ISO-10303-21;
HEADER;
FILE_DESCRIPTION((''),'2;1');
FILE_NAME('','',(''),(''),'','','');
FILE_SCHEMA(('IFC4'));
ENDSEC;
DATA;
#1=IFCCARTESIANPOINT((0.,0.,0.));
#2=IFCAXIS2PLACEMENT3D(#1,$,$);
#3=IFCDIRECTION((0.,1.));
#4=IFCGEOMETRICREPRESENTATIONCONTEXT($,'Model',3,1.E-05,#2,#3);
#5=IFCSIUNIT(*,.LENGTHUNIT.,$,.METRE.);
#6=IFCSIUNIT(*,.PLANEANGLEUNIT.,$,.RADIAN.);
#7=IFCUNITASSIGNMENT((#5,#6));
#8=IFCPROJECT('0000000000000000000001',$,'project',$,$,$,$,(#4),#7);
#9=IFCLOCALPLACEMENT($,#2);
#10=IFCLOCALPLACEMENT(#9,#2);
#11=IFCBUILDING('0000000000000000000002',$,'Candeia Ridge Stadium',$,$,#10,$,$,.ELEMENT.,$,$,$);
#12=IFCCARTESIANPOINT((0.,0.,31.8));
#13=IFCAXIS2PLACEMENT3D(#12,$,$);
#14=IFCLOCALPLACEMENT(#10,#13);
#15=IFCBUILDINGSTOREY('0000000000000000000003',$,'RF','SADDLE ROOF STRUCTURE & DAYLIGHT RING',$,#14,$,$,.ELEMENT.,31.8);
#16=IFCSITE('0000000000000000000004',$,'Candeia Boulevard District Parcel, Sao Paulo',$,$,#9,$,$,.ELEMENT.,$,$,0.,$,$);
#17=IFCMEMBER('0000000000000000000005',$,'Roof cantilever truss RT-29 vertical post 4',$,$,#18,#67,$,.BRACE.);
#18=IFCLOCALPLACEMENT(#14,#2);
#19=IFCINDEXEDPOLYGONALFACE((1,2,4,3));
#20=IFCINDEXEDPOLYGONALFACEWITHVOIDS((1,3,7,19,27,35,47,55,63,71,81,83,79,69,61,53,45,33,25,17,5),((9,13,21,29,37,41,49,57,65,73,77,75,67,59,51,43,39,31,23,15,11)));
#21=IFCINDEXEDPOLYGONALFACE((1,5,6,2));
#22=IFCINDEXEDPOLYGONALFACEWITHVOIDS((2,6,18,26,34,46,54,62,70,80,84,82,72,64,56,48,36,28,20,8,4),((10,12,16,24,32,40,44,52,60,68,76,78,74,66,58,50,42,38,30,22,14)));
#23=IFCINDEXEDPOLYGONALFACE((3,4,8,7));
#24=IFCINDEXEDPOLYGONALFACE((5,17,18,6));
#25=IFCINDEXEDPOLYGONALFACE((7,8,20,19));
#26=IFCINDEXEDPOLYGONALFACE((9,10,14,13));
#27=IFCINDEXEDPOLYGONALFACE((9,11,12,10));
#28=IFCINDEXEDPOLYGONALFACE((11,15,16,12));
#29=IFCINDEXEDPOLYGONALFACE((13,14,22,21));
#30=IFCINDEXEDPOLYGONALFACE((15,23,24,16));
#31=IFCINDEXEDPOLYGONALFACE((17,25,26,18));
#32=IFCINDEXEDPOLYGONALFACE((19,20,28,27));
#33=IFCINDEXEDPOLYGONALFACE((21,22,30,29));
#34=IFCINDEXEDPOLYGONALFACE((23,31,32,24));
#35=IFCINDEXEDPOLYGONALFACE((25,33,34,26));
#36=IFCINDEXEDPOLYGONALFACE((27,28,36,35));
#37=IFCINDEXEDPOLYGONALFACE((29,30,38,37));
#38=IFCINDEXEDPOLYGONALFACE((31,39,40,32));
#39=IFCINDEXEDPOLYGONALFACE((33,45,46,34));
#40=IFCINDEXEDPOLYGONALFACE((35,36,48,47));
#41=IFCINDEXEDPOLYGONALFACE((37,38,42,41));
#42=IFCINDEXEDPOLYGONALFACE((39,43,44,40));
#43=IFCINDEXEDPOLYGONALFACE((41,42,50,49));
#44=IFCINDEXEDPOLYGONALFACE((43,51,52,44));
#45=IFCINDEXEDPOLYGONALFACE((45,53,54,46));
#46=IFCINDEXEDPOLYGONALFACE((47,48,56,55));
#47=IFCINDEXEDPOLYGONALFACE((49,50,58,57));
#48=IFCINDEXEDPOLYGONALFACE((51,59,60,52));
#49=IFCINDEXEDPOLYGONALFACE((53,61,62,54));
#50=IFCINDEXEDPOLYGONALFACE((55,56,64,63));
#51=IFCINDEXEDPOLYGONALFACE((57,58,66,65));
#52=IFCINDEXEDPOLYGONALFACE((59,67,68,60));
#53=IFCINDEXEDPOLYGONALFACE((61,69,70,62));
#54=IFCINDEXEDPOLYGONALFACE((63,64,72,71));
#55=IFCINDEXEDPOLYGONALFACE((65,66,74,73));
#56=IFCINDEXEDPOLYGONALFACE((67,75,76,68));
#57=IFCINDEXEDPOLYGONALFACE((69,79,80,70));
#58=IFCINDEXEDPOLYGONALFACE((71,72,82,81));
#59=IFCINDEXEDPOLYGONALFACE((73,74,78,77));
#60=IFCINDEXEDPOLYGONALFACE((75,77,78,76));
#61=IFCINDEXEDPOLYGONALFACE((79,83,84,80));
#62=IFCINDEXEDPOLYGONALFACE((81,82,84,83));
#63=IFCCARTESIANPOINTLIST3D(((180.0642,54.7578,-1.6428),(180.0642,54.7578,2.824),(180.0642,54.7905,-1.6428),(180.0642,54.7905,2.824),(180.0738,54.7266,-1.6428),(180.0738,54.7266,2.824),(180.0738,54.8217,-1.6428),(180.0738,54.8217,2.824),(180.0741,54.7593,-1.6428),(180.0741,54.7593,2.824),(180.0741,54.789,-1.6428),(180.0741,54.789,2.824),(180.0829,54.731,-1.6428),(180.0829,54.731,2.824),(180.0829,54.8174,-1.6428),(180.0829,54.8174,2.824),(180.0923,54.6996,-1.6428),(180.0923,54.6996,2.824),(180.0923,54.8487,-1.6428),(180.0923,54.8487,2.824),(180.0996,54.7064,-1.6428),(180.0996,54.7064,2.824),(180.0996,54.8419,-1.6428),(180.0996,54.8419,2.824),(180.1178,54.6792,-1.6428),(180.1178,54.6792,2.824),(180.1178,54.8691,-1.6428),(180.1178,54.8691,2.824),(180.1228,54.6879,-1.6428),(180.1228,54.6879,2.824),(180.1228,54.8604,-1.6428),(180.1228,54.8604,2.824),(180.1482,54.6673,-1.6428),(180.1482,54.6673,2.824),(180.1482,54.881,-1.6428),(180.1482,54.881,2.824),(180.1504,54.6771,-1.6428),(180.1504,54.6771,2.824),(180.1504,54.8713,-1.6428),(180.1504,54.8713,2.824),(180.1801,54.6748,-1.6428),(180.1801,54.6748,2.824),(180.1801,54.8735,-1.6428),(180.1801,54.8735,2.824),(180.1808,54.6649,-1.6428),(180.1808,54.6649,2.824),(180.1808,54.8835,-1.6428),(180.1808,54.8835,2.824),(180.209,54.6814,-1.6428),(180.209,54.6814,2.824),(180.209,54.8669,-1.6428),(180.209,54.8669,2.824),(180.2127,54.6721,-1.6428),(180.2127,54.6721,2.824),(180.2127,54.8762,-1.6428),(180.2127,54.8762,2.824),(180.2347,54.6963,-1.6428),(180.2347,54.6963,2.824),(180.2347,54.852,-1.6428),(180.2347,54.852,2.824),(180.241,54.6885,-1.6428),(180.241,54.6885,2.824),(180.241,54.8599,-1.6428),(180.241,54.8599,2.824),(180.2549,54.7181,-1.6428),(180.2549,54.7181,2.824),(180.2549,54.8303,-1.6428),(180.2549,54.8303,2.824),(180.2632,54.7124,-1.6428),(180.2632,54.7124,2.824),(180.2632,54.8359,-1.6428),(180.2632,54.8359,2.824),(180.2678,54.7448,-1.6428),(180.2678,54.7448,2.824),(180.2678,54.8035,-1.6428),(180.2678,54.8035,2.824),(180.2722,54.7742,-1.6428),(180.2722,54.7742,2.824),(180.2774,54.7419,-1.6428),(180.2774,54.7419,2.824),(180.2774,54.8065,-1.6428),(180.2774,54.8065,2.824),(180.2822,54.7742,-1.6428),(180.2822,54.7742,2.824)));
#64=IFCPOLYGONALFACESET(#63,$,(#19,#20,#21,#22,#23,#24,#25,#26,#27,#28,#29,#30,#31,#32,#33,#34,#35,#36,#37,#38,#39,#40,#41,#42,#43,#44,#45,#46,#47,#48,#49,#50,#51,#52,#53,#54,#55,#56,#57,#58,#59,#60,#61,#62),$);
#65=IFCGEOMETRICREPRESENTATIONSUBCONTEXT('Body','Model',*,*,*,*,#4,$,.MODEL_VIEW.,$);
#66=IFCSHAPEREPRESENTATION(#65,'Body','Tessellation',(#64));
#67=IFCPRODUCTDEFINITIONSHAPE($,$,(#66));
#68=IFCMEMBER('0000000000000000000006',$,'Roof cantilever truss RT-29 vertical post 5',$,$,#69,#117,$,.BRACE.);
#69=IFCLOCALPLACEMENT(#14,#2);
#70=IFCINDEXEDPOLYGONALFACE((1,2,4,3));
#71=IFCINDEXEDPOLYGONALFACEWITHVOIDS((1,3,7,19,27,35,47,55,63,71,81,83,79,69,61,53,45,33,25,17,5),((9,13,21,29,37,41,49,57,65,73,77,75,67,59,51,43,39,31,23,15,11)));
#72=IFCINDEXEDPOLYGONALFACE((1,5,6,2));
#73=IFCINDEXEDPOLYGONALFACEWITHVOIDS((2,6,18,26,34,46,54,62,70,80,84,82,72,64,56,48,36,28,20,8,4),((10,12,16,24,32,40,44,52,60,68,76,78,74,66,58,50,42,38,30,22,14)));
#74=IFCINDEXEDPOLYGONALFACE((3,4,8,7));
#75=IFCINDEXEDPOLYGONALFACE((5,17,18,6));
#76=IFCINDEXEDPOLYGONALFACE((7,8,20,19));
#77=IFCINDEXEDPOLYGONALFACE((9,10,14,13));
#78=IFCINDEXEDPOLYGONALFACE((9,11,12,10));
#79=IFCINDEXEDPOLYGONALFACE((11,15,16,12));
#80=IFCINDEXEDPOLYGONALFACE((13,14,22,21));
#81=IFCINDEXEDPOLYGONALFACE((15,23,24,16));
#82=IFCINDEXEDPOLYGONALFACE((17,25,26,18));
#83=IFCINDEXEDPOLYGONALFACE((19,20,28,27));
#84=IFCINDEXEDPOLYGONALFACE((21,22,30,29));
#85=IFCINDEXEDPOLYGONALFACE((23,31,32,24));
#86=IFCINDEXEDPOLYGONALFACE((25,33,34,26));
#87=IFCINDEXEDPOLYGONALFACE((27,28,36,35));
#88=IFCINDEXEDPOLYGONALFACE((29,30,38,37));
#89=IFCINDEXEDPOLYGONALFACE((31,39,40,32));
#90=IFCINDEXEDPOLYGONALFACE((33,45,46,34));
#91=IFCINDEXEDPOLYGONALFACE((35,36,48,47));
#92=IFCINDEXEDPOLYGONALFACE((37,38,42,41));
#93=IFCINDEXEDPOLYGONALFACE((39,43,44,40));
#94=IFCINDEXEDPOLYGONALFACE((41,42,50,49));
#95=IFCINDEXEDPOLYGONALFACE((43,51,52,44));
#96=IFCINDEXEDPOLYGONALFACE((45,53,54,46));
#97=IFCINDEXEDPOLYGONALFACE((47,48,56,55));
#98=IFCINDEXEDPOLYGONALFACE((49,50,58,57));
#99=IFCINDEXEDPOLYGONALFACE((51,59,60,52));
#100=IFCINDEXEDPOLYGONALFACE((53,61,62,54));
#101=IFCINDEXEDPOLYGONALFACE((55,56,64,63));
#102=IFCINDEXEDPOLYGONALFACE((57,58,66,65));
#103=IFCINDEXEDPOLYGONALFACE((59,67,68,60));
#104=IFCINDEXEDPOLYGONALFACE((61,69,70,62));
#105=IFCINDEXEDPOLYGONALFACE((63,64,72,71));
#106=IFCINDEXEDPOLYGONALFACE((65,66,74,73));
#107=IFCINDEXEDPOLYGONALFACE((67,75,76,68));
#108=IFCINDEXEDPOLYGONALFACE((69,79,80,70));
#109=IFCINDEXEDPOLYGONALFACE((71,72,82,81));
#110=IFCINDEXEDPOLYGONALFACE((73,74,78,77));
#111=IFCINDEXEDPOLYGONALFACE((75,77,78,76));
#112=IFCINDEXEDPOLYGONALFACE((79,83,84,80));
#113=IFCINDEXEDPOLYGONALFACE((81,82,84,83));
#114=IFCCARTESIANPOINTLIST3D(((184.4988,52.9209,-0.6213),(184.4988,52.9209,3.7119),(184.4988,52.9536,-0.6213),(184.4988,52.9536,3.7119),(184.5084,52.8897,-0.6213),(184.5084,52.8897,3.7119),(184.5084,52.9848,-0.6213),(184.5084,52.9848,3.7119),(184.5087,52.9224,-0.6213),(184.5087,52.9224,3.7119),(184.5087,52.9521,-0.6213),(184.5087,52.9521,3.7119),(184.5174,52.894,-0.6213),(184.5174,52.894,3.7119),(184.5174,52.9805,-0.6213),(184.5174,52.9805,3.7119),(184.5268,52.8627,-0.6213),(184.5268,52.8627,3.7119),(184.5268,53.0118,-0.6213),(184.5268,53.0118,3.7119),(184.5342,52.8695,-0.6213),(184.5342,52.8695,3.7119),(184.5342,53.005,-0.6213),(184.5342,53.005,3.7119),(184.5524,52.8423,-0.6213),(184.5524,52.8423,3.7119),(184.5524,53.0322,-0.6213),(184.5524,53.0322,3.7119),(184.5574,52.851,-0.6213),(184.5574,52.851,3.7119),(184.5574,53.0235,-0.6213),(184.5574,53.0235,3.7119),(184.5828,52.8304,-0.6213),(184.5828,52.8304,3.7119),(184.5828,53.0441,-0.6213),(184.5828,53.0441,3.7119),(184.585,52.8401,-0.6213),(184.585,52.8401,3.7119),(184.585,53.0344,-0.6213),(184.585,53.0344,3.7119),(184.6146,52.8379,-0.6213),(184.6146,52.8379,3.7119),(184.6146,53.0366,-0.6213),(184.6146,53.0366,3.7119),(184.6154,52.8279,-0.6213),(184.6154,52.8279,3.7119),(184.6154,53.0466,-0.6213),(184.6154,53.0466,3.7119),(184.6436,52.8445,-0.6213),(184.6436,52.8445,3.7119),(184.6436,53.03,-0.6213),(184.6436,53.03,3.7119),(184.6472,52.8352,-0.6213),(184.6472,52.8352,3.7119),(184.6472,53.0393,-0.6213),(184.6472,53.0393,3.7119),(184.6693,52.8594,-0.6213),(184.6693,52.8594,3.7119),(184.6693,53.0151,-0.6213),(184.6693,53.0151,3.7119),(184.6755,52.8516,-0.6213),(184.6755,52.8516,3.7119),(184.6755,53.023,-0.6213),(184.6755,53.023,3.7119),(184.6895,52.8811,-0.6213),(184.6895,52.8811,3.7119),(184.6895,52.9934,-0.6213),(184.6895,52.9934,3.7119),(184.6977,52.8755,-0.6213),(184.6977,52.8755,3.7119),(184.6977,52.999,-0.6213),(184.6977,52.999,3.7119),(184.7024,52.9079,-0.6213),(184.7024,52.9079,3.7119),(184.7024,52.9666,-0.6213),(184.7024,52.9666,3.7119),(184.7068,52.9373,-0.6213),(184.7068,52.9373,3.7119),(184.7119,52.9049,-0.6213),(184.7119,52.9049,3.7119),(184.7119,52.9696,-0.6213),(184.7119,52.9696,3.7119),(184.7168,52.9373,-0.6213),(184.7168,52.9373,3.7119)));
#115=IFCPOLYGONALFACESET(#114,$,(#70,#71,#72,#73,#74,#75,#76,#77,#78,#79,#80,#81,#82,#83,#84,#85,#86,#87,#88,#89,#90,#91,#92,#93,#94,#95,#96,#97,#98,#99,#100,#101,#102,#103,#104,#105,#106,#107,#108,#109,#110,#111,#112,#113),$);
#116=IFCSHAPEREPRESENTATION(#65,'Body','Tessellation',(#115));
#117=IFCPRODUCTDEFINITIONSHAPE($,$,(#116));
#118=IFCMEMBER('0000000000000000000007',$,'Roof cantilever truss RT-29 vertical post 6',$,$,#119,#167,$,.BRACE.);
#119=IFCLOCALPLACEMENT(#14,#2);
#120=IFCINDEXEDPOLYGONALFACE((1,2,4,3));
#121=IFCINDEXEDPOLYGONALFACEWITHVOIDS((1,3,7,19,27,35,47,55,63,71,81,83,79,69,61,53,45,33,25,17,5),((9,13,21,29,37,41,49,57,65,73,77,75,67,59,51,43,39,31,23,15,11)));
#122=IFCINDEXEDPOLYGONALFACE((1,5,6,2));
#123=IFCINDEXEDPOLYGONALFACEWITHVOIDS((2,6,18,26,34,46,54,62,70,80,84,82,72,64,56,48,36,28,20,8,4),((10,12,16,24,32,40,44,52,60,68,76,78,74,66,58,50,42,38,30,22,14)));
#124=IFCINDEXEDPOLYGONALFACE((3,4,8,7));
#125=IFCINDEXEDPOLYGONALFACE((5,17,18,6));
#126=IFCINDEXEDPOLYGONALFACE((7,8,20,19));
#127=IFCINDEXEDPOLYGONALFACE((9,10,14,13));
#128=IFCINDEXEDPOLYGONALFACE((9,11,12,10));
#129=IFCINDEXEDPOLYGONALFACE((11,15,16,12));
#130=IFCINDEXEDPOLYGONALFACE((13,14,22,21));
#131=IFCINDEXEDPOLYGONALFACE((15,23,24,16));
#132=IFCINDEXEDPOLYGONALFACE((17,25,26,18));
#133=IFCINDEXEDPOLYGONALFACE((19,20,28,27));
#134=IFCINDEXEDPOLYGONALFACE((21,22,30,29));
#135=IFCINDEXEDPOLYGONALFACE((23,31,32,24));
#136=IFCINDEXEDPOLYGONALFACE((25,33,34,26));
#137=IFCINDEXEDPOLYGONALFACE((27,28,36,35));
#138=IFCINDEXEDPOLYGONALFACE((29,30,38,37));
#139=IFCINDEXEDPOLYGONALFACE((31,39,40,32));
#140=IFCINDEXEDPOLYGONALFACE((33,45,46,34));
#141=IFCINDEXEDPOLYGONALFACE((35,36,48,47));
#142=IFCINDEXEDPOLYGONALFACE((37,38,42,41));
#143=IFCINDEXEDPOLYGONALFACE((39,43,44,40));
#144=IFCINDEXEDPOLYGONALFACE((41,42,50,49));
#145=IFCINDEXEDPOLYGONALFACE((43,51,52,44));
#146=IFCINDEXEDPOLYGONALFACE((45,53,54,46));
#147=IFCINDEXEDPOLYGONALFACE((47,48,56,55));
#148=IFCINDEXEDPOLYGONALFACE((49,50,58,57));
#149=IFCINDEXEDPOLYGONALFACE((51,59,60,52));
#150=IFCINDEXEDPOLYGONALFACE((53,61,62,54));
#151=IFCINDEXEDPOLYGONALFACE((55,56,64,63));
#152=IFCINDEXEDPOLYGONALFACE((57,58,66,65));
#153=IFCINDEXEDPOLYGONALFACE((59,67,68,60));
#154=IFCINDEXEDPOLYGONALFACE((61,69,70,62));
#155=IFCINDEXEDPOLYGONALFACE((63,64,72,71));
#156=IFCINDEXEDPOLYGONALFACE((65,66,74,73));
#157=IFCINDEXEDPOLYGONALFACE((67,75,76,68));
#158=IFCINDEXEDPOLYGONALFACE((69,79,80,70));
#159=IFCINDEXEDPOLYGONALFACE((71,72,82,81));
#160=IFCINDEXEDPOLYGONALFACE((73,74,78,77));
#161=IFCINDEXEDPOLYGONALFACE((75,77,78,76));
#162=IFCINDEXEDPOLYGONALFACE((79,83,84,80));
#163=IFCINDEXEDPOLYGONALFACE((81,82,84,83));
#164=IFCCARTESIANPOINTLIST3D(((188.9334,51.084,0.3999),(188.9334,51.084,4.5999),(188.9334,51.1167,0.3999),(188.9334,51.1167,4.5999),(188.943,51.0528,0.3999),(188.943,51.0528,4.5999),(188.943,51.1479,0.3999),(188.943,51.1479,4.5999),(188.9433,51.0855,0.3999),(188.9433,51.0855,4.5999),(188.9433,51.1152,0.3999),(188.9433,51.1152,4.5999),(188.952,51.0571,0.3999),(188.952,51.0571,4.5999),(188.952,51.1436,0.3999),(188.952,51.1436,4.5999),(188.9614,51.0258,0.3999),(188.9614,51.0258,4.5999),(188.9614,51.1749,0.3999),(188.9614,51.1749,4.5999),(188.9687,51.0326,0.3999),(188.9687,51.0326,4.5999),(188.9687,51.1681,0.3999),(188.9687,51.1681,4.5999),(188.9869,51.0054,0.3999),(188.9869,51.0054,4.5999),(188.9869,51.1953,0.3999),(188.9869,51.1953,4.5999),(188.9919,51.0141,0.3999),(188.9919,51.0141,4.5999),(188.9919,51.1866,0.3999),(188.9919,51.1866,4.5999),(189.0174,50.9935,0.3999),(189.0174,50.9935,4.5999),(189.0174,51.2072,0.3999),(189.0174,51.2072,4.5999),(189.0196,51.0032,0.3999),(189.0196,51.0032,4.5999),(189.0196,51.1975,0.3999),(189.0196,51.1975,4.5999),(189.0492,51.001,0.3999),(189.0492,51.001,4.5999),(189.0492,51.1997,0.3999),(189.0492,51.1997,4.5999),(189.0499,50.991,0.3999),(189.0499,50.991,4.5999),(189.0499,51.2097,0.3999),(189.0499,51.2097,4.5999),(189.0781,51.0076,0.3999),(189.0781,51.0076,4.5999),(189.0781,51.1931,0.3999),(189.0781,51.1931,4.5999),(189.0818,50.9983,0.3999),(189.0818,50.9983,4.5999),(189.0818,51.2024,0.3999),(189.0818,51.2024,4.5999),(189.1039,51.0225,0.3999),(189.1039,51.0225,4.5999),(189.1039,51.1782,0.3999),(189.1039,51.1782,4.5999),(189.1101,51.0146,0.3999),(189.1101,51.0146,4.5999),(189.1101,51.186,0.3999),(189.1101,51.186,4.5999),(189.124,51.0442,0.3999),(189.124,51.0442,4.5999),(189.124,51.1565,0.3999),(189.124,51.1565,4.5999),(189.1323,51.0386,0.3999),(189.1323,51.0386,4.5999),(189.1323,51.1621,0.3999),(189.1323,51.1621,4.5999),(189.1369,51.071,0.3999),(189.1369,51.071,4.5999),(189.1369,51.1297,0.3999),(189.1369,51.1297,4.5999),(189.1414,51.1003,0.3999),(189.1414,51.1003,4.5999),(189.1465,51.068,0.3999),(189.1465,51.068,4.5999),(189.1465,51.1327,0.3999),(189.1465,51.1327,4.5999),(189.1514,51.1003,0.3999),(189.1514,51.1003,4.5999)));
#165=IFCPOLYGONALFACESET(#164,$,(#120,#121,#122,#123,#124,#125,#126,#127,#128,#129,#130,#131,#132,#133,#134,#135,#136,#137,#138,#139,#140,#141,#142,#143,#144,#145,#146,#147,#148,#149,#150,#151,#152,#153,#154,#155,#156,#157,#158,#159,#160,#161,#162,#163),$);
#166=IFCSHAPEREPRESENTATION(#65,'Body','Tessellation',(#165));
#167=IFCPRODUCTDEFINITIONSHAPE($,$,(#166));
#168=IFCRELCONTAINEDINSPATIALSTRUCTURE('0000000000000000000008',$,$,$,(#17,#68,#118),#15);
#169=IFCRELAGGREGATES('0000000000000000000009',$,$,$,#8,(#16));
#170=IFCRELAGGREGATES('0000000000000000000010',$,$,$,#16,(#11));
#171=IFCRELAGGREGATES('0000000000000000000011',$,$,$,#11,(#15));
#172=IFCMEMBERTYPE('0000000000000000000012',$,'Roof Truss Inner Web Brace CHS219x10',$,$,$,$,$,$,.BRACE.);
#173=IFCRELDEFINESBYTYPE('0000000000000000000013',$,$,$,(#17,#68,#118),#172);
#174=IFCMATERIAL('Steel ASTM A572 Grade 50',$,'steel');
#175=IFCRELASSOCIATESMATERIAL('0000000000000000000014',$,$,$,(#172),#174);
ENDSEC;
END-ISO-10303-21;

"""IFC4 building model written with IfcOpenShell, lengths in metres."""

from ifc_helpers import new_model, si_unit, direction, frame, origin, origin_2d, place, context, subcontext, project, spatial, hollow_circle, extrude, material, material_profile, profile_set, type_object, element, save


model = new_model("IFC4")

# Units and contexts
model_context = context("Model", 3, precision=1e-05, world=origin(), true_north=direction((0.0, 1.0)))
body_context = subcontext(model_context, "Body", "Model", "MODEL_VIEW")
ifc_project = project(units=[si_unit("LENGTHUNIT", "METRE"), si_unit("PLANEANGLEUNIT", "RADIAN")], contexts=[model_context])

# Site, building, storey
site_placement = place(None, origin())
site = spatial("IfcSite", under=ifc_project, at=site_placement, Name="Candeia Boulevard District Parcel, Sao Paulo", CompositionType="ELEMENT", RefElevation=0.0)
building_placement = place(site_placement, origin())
building = spatial("IfcBuilding", under=site, at=building_placement, Name="Candeia Ridge Stadium", CompositionType="ELEMENT")
storey_placement = place(building_placement, frame((0.0, 0.0, 31.8)))
storey = spatial("IfcBuildingStorey", under=building, at=storey_placement, Name="RF", Description="SADDLE ROOF STRUCTURE & DAYLIGHT RING", CompositionType="ELEMENT", Elevation=31.8)

# Shared definitions
ifc_material = material(Name="Steel ASTM A572 Grade 50", Category="steel")

# Members
ifc_material_profile_1 = material_profile(ifc_material, hollow_circle(Radius=0.1096, WallThickness=0.01, at=origin_2d()), Name="CHS219x10", Category="steel")
ifc_profile_set_1 = profile_set([ifc_material_profile_1], Name="Steel ASTM A572 Grade 50")
member_type_1 = type_object("IfcMemberType", Name="Roof Truss Inner Web Brace CHS219x10", PredefinedType="BRACE", material=ifc_profile_set_1)
member_1_placement = place(storey_placement, frame((180.1726, 54.7742, -1.6428), z_axis=(0.0, 0.0, 1.0), x_axis=(1.0, 0.0, 0.0)))
element("IfcMember", 1, at=member_1_placement, inside=storey, type_object=member_type_1, Name="Roof cantilever truss RT-29 vertical post 4", PredefinedType="BRACE", context=body_context, shape_type="SweptSolid", body=[
    extrude(hollow_circle(Radius=0.1096, WallThickness=0.01, at=origin_2d()), origin(), (0.0, 0.0, 1.0), 4.4668),
])
member_2_placement = place(storey_placement, frame((184.6072, 52.9373, -0.6213), z_axis=(0.0, 0.0, 1.0), x_axis=(1.0, 0.0, 0.0)))
element("IfcMember", 2, at=member_2_placement, inside=storey, type_object=member_type_1, Name="Roof cantilever truss RT-29 vertical post 5", PredefinedType="BRACE", context=body_context, shape_type="SweptSolid", body=[
    extrude(hollow_circle(Radius=0.1096, WallThickness=0.01, at=origin_2d()), origin(), (0.0, 0.0, 1.0), 4.3333),
])
member_3_placement = place(storey_placement, frame((189.0417, 51.1003, 0.3999), z_axis=(0.0, 0.0, 1.0), x_axis=(1.0, 0.0, 0.0)))
element("IfcMember", 3, at=member_3_placement, inside=storey, type_object=member_type_1, Name="Roof cantilever truss RT-29 vertical post 6", PredefinedType="BRACE", context=body_context, shape_type="SweptSolid", body=[
    extrude(hollow_circle(Radius=0.1096, WallThickness=0.01, at=origin_2d()), origin(), (0.0, 0.0, 1.0), 4.2),
])

save(model, "model.ifc")
